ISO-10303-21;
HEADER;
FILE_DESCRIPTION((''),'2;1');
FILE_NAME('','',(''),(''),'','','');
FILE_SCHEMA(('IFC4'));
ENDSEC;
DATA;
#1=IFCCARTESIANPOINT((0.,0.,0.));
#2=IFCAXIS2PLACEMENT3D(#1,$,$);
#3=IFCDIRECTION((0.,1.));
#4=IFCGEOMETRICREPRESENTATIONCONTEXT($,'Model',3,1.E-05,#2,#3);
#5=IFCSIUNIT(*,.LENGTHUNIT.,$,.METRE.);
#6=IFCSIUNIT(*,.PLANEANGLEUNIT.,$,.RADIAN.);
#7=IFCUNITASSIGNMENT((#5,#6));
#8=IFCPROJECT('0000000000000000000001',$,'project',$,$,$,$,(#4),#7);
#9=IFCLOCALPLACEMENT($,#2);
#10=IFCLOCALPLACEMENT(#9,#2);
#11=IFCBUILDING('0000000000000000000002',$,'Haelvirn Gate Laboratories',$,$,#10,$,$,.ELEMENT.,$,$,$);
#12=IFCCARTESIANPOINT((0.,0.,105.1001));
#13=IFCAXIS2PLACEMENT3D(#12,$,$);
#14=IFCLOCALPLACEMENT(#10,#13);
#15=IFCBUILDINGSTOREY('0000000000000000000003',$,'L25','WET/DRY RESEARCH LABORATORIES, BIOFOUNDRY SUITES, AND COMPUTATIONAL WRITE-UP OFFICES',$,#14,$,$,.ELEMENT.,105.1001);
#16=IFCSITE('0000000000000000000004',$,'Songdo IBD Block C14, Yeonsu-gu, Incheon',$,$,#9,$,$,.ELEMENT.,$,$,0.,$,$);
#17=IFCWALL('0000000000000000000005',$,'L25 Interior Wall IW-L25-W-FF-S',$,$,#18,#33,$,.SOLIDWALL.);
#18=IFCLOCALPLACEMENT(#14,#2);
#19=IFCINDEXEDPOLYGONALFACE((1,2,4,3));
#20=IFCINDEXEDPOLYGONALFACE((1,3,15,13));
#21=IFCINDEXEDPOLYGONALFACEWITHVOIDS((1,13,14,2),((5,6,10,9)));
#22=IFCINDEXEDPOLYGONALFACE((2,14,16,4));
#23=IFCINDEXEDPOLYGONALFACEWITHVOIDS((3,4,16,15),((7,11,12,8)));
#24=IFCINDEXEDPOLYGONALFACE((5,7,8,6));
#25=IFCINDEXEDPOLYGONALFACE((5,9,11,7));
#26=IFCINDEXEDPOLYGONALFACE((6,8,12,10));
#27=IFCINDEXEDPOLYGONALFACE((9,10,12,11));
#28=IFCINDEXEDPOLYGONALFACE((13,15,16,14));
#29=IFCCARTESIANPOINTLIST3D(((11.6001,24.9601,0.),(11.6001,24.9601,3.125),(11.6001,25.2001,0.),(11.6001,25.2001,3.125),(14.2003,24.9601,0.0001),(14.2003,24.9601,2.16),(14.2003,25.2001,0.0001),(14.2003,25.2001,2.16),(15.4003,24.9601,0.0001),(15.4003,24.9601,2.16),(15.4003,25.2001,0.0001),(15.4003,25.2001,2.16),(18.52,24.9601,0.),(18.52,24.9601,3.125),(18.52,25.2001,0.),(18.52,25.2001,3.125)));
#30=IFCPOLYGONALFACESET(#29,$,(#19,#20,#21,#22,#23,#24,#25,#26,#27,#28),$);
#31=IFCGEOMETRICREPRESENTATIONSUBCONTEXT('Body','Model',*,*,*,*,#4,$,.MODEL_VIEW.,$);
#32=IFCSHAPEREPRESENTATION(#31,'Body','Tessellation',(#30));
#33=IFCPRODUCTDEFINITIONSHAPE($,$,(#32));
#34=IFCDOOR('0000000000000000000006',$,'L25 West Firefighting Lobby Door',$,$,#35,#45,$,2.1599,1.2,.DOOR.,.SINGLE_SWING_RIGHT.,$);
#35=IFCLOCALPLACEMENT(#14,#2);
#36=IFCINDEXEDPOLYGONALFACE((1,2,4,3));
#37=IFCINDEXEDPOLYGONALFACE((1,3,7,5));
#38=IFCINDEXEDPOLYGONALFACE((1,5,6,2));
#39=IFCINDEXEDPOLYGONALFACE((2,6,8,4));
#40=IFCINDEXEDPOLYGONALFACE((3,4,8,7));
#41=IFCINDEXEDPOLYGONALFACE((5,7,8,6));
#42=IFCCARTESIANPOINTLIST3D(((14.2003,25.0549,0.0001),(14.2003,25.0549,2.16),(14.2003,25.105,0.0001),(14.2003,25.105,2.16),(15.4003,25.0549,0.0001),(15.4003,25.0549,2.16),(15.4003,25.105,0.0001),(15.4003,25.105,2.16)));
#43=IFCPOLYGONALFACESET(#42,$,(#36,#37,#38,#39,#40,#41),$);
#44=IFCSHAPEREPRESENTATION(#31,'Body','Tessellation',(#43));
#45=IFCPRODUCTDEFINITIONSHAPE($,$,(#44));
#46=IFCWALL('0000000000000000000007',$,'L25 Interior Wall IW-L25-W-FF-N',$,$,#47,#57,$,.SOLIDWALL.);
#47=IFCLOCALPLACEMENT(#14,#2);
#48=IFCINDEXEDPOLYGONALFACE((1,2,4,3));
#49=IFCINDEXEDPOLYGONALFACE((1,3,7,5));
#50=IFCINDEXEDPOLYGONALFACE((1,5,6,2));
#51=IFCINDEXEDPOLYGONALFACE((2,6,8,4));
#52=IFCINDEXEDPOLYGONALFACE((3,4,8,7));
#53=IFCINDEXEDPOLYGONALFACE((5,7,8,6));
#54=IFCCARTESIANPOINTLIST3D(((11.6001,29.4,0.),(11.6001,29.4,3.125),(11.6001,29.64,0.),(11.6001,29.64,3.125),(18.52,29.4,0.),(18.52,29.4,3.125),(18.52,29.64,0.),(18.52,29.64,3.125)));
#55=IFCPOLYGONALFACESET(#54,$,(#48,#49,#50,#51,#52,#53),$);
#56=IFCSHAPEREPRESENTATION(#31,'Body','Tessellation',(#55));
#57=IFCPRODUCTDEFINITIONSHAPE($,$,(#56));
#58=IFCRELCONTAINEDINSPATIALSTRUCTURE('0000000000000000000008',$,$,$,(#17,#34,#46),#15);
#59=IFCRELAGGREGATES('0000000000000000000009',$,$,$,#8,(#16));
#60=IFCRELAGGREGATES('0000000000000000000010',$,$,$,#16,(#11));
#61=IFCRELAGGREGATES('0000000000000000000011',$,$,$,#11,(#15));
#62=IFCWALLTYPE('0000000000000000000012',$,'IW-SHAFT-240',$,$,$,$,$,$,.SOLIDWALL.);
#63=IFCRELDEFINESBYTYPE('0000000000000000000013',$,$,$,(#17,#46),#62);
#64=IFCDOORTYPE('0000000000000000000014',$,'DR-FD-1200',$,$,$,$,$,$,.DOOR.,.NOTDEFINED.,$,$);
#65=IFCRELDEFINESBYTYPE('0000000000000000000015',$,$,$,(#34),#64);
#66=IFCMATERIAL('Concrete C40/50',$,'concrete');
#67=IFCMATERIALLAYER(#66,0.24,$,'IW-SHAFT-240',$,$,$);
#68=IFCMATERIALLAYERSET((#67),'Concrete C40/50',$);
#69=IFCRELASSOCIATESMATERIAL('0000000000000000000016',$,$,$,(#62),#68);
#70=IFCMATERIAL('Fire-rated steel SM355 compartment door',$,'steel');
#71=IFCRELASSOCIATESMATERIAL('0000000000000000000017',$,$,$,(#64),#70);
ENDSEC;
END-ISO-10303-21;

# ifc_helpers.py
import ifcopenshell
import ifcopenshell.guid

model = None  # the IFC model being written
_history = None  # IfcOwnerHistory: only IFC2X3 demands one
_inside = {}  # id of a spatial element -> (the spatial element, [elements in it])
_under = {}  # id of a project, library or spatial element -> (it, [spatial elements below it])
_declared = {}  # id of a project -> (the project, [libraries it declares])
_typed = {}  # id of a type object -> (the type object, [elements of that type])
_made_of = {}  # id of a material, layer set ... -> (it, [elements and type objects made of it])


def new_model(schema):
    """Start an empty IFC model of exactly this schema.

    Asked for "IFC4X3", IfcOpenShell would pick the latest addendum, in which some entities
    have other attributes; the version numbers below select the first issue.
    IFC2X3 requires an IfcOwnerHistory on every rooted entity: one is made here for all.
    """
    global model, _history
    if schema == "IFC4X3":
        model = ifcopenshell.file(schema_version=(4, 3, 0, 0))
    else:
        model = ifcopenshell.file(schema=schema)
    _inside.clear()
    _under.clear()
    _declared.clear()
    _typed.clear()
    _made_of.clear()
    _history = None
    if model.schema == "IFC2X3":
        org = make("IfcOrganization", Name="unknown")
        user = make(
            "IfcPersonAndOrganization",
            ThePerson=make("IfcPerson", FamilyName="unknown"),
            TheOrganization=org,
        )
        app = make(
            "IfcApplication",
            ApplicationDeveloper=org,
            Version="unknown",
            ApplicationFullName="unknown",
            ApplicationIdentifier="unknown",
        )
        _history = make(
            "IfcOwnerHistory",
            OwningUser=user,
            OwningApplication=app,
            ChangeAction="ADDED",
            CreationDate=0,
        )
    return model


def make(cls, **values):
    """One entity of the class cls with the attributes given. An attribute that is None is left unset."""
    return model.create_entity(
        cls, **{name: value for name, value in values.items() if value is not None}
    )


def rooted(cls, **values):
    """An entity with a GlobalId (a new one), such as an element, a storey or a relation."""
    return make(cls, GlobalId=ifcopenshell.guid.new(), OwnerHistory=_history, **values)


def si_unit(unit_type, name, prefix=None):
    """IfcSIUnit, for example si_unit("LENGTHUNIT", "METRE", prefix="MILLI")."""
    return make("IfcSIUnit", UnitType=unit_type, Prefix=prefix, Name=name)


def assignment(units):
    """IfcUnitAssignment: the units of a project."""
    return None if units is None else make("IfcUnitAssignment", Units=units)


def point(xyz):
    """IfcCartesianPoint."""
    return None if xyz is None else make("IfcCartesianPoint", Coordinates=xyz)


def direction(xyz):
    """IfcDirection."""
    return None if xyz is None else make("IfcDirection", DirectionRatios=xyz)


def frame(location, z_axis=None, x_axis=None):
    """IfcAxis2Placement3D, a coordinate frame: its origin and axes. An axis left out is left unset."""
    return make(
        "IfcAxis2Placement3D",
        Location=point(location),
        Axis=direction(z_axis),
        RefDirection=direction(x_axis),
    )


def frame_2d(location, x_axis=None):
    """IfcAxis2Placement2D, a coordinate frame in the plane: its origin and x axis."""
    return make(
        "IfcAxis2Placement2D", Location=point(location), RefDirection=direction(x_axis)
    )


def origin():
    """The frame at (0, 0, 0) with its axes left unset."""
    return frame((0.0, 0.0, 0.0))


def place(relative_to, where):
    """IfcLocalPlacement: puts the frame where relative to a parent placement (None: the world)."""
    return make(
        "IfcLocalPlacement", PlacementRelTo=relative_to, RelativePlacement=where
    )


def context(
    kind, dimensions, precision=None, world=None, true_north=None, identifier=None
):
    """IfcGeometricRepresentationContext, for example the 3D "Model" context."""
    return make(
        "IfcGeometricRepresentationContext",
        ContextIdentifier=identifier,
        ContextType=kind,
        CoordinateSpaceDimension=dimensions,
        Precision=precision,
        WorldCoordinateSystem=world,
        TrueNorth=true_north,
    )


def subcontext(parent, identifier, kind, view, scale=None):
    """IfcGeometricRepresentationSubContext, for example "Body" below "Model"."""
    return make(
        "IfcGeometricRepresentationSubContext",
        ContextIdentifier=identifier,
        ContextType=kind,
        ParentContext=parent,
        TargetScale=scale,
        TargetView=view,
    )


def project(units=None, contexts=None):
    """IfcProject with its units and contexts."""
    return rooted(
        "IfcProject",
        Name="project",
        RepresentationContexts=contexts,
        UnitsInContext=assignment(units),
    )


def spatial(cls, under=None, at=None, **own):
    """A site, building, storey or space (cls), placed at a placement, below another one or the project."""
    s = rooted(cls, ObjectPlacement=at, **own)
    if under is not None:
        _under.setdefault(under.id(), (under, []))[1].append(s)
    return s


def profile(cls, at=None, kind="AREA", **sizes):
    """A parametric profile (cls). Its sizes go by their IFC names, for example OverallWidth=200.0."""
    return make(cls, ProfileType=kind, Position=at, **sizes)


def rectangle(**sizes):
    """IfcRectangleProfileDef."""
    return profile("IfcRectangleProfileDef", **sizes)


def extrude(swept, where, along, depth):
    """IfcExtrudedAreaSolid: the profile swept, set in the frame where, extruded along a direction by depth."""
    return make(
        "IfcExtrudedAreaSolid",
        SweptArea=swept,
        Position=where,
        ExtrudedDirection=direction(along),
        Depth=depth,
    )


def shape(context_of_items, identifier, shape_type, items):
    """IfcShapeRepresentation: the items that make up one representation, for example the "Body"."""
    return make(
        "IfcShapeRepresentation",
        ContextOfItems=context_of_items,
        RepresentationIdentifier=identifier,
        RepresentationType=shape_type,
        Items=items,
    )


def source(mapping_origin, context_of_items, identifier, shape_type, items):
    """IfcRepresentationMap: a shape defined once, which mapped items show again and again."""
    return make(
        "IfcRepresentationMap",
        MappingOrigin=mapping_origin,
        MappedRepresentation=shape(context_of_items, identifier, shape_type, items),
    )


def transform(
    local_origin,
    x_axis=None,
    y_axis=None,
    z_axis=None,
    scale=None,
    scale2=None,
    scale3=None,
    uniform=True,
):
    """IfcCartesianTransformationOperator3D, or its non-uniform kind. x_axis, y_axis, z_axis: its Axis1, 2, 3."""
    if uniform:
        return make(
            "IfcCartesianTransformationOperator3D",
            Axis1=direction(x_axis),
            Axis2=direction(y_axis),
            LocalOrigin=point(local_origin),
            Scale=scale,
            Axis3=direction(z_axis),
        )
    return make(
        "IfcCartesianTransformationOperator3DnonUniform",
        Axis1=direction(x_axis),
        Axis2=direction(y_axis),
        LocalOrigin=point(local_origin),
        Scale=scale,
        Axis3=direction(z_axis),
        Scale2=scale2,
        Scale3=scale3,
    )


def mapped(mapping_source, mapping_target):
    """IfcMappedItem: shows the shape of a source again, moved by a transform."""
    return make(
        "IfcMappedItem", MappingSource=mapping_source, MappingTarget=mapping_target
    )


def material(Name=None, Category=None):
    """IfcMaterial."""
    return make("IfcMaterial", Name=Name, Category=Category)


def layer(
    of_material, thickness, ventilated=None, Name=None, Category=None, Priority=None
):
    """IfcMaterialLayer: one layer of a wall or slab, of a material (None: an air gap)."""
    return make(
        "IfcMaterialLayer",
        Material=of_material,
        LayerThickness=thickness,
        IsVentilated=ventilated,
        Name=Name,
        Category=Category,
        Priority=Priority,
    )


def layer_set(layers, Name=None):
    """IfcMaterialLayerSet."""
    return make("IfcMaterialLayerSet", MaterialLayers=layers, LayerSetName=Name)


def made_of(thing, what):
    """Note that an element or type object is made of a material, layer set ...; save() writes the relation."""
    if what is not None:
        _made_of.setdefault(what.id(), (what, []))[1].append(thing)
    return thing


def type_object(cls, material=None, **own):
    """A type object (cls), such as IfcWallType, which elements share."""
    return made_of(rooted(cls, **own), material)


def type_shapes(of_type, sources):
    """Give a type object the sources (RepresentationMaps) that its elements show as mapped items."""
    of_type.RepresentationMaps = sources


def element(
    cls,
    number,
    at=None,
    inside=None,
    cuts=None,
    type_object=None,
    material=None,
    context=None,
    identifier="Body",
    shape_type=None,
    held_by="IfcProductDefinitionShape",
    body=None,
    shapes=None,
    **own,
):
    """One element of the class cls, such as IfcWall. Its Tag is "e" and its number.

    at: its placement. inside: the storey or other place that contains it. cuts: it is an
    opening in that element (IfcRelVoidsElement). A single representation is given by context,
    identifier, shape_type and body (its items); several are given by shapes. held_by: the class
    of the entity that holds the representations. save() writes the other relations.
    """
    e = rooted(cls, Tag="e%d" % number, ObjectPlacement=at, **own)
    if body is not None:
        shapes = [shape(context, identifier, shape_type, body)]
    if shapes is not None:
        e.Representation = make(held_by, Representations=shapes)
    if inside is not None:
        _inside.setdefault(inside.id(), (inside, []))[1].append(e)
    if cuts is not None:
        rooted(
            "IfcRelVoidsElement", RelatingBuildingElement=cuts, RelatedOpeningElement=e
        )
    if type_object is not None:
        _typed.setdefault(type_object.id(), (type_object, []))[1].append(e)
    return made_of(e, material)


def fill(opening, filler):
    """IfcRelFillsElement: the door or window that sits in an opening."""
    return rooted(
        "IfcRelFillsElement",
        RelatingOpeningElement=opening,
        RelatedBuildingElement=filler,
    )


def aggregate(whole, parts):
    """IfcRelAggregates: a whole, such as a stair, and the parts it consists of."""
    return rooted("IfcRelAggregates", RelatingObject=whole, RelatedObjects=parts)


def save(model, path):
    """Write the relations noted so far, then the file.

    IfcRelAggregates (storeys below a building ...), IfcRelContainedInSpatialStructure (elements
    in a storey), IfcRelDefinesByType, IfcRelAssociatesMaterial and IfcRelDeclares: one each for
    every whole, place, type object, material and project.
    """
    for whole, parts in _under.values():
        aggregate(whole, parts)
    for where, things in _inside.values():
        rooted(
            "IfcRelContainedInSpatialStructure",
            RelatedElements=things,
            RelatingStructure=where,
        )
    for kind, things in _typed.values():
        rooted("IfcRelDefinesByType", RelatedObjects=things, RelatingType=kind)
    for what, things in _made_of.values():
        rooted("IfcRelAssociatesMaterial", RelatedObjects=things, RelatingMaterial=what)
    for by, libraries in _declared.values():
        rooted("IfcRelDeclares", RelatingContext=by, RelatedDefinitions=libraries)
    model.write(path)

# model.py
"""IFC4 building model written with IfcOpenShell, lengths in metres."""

from ifc_helpers import new_model, si_unit, direction, frame, frame_2d, origin, place, context, subcontext, project, spatial, rectangle, extrude, source, transform, mapped, material, layer, layer_set, type_object, type_shapes, element, fill, save


model = new_model("IFC4")

# Units and contexts
model_context = context("Model", 3, precision=1e-05, world=origin(), true_north=direction((0.0, 1.0)))
body_context = subcontext(model_context, "Body", "Model", "MODEL_VIEW")
ifc_project = project(units=[si_unit("LENGTHUNIT", "METRE"), si_unit("PLANEANGLEUNIT", "RADIAN")], contexts=[model_context])

# Site, building, storey
site_placement = place(None, origin())
site = spatial("IfcSite", under=ifc_project, at=site_placement, Name="Songdo IBD Block C14, Yeonsu-gu, Incheon", CompositionType="ELEMENT", RefElevation=0.0)
building_placement = place(site_placement, origin())
building = spatial("IfcBuilding", under=site, at=building_placement, Name="Haelvirn Gate Laboratories", CompositionType="ELEMENT")
storey_placement = place(building_placement, frame((0.0, 0.0, 105.1001)))
storey = spatial("IfcBuildingStorey", under=building, at=storey_placement, Name="L25", Description="WET/DRY RESEARCH LABORATORIES, BIOFOUNDRY SUITES, AND COMPUTATIONAL WRITE-UP OFFICES", CompositionType="ELEMENT", Elevation=105.1001)

# Shared definitions
ifc_material_1 = material(Name="Concrete C40/50", Category="concrete")

# Wall, opening, door
ifc_layer_1 = layer(ifc_material_1, 0.24, Name="IW-SHAFT-240")
ifc_layer_set_1 = layer_set([ifc_layer_1], Name="Concrete C40/50")
wall_type_1 = type_object("IfcWallType", Name="IW-SHAFT-240", PredefinedType="SOLIDWALL", material=ifc_layer_set_1)
wall_1_placement = place(storey_placement, frame((11.6001, 25.0801, 0.0), z_axis=(0.0, 0.0, 1.0), x_axis=(1.0, 0.0, 0.0)))
wall_1 = element("IfcWall", 1, at=wall_1_placement, inside=storey, type_object=wall_type_1, Name="L25 Interior Wall IW-L25-W-FF-S", PredefinedType="SOLIDWALL", context=body_context, shape_type="SweptSolid", body=[
    extrude(rectangle(XDim=6.9199, YDim=0.24, at=frame_2d((3.46, 0.0))), origin(), (0.0, 0.0, 1.0), 3.125),
])
opening_1_placement = place(wall_1_placement, frame((2.6001, 0.0, 0.0)))
opening_1 = element("IfcOpeningElement", 2, at=opening_1_placement, cuts=wall_1, PredefinedType="OPENING", context=body_context, shape_type="SweptSolid", body=[
    extrude(rectangle(XDim=1.2, YDim=2.1599, at=frame_2d((0.6001, 1.0801))), frame((0.0, 0.1299, 0.0), z_axis=(0.0, -1.0, 0.0), x_axis=(1.0, 0.0, 0.0)), (0.0, 0.0, 1.0), 0.26),
])
ifc_material_2 = material(Name="Fire-rated steel SM355 compartment door", Category="steel")
door_type_1 = type_object("IfcDoorType", Name="DR-FD-1200", OperationType="NOTDEFINED", PredefinedType="DOOR", material=ifc_material_2)
shared_shape_1 = source(origin(), body_context, "Body", "SweptSolid", [
    extrude(rectangle(XDim=1.2, YDim=2.1599, at=frame_2d((0.6001, 1.0801))), frame((0.0, 0.0249, 0.0), z_axis=(0.0, -1.0, 0.0), x_axis=(1.0, 0.0, 0.0)), (0.0, 0.0, 1.0), 0.05),
])
type_shapes(door_type_1, [shared_shape_1])
door_1_placement = place(opening_1_placement, origin())
door_1 = element("IfcDoor", 3, at=door_1_placement, inside=storey, type_object=door_type_1, Name="L25 West Firefighting Lobby Door", OperationType="SINGLE_SWING_RIGHT", OverallHeight=2.1599, OverallWidth=1.2, PredefinedType="DOOR", context=body_context, shape_type="MappedRepresentation", body=[
    mapped(shared_shape_1, transform((0.0, 0.0, 0.0), scale=1.0)),
])
fill(opening_1, door_1)

# Wall
wall_2_placement = place(storey_placement, frame((11.6001, 29.52, 0.0), z_axis=(0.0, 0.0, 1.0), x_axis=(1.0, 0.0, 0.0)))
element("IfcWall", 4, at=wall_2_placement, inside=storey, type_object=wall_type_1, Name="L25 Interior Wall IW-L25-W-FF-N", PredefinedType="SOLIDWALL", context=body_context, shape_type="SweptSolid", body=[
    extrude(rectangle(XDim=6.9199, YDim=0.24, at=frame_2d((3.46, 0.0))), origin(), (0.0, 0.0, 1.0), 3.125),
])

save(model, "model.ifc")
